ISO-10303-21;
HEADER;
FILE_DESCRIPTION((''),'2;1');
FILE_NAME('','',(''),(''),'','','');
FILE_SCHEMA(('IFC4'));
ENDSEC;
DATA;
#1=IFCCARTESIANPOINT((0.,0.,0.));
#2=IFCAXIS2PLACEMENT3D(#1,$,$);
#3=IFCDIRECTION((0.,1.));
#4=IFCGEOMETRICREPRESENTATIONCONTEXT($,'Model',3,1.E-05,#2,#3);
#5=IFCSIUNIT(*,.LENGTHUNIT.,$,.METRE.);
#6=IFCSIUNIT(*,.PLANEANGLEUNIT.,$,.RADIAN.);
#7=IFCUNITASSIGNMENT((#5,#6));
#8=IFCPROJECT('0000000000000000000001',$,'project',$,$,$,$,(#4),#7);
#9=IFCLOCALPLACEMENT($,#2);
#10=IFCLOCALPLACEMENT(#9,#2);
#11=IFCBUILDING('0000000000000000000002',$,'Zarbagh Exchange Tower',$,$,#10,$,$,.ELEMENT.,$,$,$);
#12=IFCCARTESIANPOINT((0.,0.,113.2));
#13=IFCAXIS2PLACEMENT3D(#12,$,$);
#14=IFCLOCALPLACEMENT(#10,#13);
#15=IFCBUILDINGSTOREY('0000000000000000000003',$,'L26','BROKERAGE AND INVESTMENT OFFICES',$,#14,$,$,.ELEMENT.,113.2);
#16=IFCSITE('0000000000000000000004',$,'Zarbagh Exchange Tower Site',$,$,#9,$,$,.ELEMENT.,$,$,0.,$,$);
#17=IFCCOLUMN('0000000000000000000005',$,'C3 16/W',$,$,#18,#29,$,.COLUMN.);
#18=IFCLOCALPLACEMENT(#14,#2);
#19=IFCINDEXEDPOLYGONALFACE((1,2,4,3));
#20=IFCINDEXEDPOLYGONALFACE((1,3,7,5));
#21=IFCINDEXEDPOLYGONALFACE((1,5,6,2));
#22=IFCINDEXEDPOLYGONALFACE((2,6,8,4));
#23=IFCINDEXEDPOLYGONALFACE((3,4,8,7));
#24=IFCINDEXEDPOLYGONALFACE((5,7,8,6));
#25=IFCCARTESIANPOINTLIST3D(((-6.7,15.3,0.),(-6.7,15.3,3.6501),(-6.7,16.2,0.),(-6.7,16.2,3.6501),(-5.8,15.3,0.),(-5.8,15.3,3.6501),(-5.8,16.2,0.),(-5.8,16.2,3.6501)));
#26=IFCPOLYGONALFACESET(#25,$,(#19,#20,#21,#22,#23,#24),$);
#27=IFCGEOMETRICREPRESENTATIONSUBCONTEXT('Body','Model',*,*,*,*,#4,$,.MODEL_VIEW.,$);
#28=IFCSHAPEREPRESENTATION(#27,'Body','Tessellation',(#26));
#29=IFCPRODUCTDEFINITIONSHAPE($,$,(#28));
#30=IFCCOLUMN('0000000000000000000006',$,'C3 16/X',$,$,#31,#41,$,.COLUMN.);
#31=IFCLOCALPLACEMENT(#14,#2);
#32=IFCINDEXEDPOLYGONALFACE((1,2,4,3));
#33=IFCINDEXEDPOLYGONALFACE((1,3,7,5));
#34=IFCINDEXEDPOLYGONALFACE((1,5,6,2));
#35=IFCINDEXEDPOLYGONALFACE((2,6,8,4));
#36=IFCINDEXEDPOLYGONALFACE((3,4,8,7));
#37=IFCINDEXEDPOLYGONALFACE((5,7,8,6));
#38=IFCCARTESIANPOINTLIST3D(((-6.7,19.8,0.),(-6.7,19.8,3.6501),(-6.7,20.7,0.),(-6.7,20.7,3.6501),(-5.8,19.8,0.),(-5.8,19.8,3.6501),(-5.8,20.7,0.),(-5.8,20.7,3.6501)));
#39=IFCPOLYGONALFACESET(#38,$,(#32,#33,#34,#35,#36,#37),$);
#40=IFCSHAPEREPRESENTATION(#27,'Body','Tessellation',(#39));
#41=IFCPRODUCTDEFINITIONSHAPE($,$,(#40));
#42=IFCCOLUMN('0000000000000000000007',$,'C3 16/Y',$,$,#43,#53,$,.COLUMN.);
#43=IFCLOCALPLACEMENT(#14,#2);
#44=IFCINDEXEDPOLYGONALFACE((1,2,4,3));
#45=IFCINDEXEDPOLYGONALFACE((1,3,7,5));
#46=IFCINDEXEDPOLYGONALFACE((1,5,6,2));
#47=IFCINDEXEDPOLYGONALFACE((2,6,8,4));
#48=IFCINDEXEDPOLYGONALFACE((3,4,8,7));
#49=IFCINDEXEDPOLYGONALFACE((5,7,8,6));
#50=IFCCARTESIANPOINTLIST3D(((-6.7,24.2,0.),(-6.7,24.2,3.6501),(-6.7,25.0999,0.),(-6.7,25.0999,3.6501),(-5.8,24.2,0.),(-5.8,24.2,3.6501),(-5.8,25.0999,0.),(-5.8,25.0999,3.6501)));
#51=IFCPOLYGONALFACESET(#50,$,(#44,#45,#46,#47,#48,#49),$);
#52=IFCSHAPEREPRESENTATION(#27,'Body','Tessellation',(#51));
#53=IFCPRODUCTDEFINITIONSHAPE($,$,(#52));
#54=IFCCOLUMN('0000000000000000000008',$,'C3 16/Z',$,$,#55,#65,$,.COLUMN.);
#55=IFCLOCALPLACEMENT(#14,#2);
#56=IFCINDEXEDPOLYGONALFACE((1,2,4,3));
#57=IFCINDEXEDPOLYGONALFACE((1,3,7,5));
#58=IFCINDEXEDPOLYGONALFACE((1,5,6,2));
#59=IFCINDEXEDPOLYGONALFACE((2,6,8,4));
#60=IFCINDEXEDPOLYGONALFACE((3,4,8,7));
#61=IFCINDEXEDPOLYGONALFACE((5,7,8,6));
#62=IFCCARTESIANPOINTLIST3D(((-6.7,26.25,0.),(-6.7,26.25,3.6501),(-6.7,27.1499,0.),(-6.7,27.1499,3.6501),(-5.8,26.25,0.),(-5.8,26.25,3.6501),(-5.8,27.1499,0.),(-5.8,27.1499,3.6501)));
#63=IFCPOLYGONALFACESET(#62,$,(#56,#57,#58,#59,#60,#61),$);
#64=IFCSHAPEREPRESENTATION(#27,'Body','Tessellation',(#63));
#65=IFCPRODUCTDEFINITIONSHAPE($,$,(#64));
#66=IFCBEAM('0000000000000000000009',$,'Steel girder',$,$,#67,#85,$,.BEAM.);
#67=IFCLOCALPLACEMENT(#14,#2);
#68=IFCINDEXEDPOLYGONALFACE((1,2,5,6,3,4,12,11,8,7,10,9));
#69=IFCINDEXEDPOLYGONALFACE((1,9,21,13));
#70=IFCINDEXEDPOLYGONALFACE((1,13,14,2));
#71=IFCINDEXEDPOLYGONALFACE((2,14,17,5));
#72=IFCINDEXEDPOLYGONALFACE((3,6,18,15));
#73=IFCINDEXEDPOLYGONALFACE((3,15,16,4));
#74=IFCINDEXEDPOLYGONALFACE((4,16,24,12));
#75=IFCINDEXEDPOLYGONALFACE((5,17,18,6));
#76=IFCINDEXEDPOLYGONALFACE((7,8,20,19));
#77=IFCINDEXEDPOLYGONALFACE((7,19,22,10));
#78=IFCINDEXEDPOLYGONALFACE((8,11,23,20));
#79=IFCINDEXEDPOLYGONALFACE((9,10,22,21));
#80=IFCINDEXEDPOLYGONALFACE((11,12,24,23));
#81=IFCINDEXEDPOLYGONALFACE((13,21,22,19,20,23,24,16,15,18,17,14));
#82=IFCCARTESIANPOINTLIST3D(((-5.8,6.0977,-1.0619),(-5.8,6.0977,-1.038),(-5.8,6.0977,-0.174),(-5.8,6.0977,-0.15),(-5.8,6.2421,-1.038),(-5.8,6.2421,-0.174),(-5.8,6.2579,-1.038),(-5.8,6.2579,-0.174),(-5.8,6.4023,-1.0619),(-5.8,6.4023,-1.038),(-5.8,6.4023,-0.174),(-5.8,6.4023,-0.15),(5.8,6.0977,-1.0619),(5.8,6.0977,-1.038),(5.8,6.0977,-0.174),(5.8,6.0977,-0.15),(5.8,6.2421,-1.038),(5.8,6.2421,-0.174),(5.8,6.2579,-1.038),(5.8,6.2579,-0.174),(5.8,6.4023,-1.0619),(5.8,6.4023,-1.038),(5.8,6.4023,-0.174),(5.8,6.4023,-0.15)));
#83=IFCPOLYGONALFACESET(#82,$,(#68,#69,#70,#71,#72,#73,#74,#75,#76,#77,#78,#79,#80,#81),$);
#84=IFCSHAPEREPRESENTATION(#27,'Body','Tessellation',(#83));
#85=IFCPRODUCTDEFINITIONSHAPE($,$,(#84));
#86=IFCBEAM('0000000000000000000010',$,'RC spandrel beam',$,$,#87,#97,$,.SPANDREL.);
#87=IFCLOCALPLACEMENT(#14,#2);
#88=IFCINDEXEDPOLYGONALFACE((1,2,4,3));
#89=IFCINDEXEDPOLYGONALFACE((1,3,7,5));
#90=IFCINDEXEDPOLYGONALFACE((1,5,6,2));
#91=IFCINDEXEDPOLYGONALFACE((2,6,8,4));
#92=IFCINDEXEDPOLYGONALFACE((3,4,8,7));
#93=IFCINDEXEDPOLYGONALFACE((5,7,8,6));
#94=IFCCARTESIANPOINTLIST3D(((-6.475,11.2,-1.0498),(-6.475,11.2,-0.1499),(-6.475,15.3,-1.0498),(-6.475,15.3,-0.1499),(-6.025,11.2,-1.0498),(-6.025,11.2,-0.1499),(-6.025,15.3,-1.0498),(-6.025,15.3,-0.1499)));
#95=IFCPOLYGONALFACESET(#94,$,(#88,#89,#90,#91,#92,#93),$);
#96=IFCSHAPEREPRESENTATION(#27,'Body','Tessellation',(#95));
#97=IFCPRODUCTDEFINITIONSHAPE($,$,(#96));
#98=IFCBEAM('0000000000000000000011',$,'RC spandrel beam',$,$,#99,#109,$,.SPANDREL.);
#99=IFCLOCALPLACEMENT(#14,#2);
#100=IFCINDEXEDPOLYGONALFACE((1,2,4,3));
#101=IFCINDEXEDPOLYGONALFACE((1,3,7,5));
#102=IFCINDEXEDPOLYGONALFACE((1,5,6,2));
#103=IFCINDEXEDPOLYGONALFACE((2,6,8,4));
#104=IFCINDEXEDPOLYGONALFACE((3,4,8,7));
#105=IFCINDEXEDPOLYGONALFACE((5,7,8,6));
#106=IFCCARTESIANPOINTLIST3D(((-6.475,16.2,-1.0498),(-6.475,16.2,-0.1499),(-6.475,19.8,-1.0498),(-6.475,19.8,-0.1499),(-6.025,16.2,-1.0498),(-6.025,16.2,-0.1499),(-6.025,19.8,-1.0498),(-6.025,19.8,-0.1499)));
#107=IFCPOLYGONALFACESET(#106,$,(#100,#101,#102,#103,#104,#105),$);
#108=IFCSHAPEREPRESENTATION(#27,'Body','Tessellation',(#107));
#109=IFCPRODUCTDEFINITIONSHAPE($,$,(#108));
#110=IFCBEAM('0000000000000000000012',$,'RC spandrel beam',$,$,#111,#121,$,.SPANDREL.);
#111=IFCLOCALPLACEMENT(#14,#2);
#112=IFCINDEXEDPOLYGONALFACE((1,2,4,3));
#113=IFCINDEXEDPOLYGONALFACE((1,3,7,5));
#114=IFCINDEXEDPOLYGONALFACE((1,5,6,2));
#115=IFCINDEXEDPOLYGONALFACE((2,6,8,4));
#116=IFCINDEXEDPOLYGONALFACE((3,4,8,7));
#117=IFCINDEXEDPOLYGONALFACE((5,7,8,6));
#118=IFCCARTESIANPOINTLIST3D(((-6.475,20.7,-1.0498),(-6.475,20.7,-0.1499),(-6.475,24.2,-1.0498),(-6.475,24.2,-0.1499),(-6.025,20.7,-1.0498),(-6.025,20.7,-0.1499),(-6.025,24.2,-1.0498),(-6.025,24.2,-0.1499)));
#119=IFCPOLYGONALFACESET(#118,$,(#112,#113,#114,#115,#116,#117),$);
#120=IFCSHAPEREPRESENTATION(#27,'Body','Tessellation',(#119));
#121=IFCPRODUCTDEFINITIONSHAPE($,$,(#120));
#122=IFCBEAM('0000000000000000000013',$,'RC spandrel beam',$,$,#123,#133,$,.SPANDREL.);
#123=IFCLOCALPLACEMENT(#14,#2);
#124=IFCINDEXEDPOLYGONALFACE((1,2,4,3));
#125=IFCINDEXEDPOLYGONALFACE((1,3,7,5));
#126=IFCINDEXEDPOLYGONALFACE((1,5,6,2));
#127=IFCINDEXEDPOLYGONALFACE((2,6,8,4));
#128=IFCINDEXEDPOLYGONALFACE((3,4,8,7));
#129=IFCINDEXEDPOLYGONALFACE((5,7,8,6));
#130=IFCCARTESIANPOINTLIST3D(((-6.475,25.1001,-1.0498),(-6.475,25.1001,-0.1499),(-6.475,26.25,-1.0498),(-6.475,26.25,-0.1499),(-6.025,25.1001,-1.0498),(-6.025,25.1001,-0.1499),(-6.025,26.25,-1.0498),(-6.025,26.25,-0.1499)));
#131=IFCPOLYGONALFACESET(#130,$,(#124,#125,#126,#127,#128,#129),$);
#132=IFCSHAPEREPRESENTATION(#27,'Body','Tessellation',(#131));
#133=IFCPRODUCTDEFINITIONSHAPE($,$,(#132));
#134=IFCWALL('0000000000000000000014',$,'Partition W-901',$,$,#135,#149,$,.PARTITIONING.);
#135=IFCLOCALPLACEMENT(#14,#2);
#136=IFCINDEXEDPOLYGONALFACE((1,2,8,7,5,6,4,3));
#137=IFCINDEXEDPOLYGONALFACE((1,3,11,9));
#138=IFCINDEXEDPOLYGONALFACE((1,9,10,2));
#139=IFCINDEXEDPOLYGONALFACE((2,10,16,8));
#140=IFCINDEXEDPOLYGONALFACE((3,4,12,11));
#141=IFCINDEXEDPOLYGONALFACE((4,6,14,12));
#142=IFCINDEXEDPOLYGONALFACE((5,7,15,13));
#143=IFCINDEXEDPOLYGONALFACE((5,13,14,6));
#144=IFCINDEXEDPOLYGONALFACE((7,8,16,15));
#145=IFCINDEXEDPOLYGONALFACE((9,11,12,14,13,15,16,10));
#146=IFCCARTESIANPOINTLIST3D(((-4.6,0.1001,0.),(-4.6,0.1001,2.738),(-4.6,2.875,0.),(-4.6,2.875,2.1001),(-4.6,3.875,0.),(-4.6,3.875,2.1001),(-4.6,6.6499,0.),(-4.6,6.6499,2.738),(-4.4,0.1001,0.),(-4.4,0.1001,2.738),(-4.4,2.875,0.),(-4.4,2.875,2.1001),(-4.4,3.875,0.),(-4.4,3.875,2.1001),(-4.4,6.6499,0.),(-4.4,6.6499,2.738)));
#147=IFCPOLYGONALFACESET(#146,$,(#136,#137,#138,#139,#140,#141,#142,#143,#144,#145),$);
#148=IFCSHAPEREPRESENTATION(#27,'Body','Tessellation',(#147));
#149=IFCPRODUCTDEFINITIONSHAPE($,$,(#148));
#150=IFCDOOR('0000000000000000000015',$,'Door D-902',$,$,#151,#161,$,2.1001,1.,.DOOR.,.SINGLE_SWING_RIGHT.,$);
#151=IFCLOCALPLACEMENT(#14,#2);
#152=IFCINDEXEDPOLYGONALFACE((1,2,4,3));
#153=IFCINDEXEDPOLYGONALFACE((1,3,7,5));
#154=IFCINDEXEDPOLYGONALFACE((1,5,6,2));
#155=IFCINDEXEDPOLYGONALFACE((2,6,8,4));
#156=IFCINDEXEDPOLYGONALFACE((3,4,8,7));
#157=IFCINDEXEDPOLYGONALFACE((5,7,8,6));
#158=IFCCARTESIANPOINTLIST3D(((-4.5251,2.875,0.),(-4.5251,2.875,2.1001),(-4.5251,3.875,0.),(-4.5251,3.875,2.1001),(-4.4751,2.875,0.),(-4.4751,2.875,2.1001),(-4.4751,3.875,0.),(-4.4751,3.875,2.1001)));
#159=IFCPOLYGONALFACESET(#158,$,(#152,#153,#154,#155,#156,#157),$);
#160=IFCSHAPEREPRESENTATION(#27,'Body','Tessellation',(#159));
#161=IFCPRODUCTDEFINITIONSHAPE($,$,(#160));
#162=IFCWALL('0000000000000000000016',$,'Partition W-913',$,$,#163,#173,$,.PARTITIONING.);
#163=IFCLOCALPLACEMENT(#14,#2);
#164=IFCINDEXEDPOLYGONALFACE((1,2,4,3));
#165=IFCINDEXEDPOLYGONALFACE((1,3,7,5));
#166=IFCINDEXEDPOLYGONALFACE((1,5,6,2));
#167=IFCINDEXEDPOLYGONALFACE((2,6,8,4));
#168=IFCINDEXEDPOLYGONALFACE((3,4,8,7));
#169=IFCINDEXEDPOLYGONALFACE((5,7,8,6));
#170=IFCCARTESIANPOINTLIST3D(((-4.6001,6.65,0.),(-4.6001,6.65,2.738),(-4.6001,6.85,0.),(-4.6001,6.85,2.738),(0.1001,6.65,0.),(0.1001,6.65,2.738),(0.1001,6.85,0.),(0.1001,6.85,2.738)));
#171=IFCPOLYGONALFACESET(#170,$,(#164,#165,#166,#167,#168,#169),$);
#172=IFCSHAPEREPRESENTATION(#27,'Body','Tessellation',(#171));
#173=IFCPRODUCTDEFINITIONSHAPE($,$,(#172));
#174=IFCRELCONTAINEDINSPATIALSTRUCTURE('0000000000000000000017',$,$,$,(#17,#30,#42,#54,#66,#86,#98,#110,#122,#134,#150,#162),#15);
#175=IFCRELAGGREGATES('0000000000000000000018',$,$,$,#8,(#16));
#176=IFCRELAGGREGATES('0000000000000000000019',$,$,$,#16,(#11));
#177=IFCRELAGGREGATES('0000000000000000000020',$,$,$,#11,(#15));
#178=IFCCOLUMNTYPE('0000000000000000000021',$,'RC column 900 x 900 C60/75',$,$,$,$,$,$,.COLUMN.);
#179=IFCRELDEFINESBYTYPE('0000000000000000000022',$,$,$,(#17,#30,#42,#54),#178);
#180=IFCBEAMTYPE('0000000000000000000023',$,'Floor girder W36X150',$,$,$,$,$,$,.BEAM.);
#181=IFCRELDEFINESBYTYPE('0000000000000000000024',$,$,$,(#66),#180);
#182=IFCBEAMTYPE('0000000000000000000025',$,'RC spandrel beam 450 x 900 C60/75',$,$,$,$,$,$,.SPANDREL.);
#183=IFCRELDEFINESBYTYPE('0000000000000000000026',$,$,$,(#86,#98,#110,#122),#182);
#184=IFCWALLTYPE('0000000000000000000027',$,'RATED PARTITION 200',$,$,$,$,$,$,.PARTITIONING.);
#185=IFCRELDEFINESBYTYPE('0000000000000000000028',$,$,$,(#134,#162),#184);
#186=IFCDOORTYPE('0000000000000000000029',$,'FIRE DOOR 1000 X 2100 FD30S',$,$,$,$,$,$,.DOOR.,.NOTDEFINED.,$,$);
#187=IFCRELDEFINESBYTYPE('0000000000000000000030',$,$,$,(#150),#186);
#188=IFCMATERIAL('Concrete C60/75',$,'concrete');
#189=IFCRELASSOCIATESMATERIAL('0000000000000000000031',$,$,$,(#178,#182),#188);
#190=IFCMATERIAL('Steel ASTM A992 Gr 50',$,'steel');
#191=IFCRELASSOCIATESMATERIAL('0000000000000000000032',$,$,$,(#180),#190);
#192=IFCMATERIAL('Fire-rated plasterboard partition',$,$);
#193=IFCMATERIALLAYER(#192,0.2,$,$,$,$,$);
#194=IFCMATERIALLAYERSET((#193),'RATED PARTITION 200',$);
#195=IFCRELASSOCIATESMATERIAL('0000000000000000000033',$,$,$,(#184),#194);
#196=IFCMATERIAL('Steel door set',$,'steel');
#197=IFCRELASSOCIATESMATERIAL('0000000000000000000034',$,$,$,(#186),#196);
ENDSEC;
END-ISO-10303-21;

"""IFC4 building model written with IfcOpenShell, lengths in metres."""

from ifc_helpers import new_model, si_unit, direction, frame, frame_2d, origin, origin_2d, place, context, subcontext, project, spatial, rectangle, i_section, extrude, material, layer, layer_set, material_profile, profile_set, type_object, element, fill, save


model = new_model("IFC4")

# Units and contexts
model_context = context("Model", 3, precision=1e-05, world=origin(), true_north=direction((0.0, 1.0)))
body_context = subcontext(model_context, "Body", "Model", "MODEL_VIEW")
ifc_project = project(units=[si_unit("LENGTHUNIT", "METRE"), si_unit("PLANEANGLEUNIT", "RADIAN")], contexts=[model_context])

# Site, building, storey
site_placement = place(None, origin())
site = spatial("IfcSite", under=ifc_project, at=site_placement, Name="Zarbagh Exchange Tower Site", CompositionType="ELEMENT", RefElevation=0.0)
building_placement = place(site_placement, origin())
building = spatial("IfcBuilding", under=site, at=building_placement, Name="Zarbagh Exchange Tower", CompositionType="ELEMENT")
storey_placement = place(building_placement, frame((0.0, 0.0, 113.2)))
storey = spatial("IfcBuildingStorey", under=building, at=storey_placement, Name="L26", Description="BROKERAGE AND INVESTMENT OFFICES", CompositionType="ELEMENT", Elevation=113.2)

# Columns
ifc_material_1 = material(Name="Concrete C60/75", Category="concrete")
ifc_material_profile_1 = material_profile(ifc_material_1, rectangle(XDim=0.8999, YDim=0.8999, at=origin_2d()), Name="RC column 900 x 900 C60/75")
ifc_profile_set_1 = profile_set([ifc_material_profile_1], Name="Concrete C60/75")
column_type = type_object("IfcColumnType", Name="RC column 900 x 900 C60/75", PredefinedType="COLUMN", material=ifc_profile_set_1)
for number, where, z_axis, x_axis, name in (
    (1, (-6.25, 15.75, 0.0), (0.0, 0.0, 1.0), (1.0, 0.0, 0.0), "C3 16/W"),
    (2, (-6.25, 20.25, 0.0), (0.0, 0.0, 1.0), (1.0, 0.0, 0.0), "C3 16/X"),
    (3, (-6.25, 24.6499, 0.0), (0.0, 0.0, 1.0), (1.0, 0.0, 0.0), "C3 16/Y"),
    (4, (-6.25, 26.7, 0.0), (0.0, 0.0, 1.0), (1.0, 0.0, 0.0), "C3 16/Z"),
):
    element("IfcColumn", number, at=place(storey_placement, frame(where, z_axis=z_axis, x_axis=x_axis)), inside=storey, type_object=column_type, Name=name, PredefinedType="COLUMN", context=body_context, shape_type="SweptSolid", body=[
        extrude(rectangle(XDim=0.8999, YDim=0.8999, at=origin_2d()), origin(), (0.0, 0.0, 1.0), 3.6501),
    ])

# Beams
ifc_material_2 = material(Name="Steel ASTM A992 Gr 50", Category="steel")
ifc_material_profile_2 = material_profile(ifc_material_2, i_section(OverallWidth=0.3047, OverallDepth=0.9119, WebThickness=0.0159, FlangeThickness=0.0239, at=origin_2d()), Name="W36X150")
ifc_profile_set_2 = profile_set([ifc_material_profile_2], Name="Steel ASTM A992 Gr 50")
beam_type_1 = type_object("IfcBeamType", Name="Floor girder W36X150", PredefinedType="BEAM", material=ifc_profile_set_2)
beam_1_placement = place(storey_placement, frame((-5.8, 6.25, -0.606), z_axis=(1.0, 0.0, 0.0), x_axis=(0.0, 1.0, 0.0)))
element("IfcBeam", 5, at=beam_1_placement, inside=storey, type_object=beam_type_1, Name="Steel girder", PredefinedType="BEAM", context=body_context, shape_type="SweptSolid", body=[
    extrude(i_section(OverallWidth=0.3047, OverallDepth=0.9119, WebThickness=0.0159, FlangeThickness=0.0239, at=origin_2d()), origin(), (0.0, 0.0, 1.0), 11.6001),
])
ifc_material_profile_3 = material_profile(ifc_material_1, rectangle(XDim=0.45, YDim=0.8999, at=origin_2d()), Name="RC spandrel beam 450 x 900 C60/75")
ifc_profile_set_3 = profile_set([ifc_material_profile_3], Name="Concrete C60/75")
beam_type_2 = type_object("IfcBeamType", Name="RC spandrel beam 450 x 900 C60/75", PredefinedType="SPANDREL", material=ifc_profile_set_3)
beam_2_placement = place(storey_placement, frame((-6.25, 11.2, -0.5999), z_axis=(0.0, 1.0, 0.0), x_axis=(-1.0, 0.0, 0.0)))
element("IfcBeam", 6, at=beam_2_placement, inside=storey, type_object=beam_type_2, Name="RC spandrel beam", PredefinedType="SPANDREL", context=body_context, shape_type="SweptSolid", body=[
    extrude(rectangle(XDim=0.45, YDim=0.8999, at=origin_2d()), origin(), (0.0, 0.0, 1.0), 4.1001),
])
beam_3_placement = place(storey_placement, frame((-6.25, 16.2, -0.5999), z_axis=(0.0, 1.0, 0.0), x_axis=(-1.0, 0.0, 0.0)))
element("IfcBeam", 7, at=beam_3_placement, inside=storey, type_object=beam_type_2, Name="RC spandrel beam", PredefinedType="SPANDREL", context=body_context, shape_type="SweptSolid", body=[
    extrude(rectangle(XDim=0.45, YDim=0.8999, at=origin_2d()), origin(), (0.0, 0.0, 1.0), 3.6001),
])
beam_4_placement = place(storey_placement, frame((-6.25, 20.7, -0.5999), z_axis=(0.0, 1.0, 0.0), x_axis=(-1.0, 0.0, 0.0)))
element("IfcBeam", 8, at=beam_4_placement, inside=storey, type_object=beam_type_2, Name="RC spandrel beam", PredefinedType="SPANDREL", context=body_context, shape_type="SweptSolid", body=[
    extrude(rectangle(XDim=0.45, YDim=0.8999, at=origin_2d()), origin(), (0.0, 0.0, 1.0), 3.5),
])
beam_5_placement = place(storey_placement, frame((-6.25, 25.1001, -0.5999), z_axis=(0.0, 1.0, 0.0), x_axis=(-1.0, 0.0, 0.0)))
element("IfcBeam", 9, at=beam_5_placement, inside=storey, type_object=beam_type_2, Name="RC spandrel beam", PredefinedType="SPANDREL", context=body_context, shape_type="SweptSolid", body=[
    extrude(rectangle(XDim=0.45, YDim=0.8999, at=origin_2d()), origin(), (0.0, 0.0, 1.0), 1.1499),
])

# Wall, opening, door
ifc_material_3 = material(Name="Fire-rated plasterboard partition")
ifc_layer_1 = layer(ifc_material_3, 0.2)
ifc_layer_set_1 = layer_set([ifc_layer_1], Name="RATED PARTITION 200")
wall_type_1 = type_object("IfcWallType", Name="RATED PARTITION 200", PredefinedType="PARTITIONING", material=ifc_layer_set_1)
wall_1_placement = place(storey_placement, frame((-4.5, 6.6499, 0.0), z_axis=(0.0, 0.0, 1.0), x_axis=(0.0, -1.0, 0.0)))
wall_1 = element("IfcWall", 10, at=wall_1_placement, inside=storey, type_object=wall_type_1, Name="Partition W-901", PredefinedType="PARTITIONING", context=body_context, shape_type="SweptSolid", body=[
    extrude(rectangle(XDim=6.5498, YDim=0.2, at=frame_2d((3.2749, 0.0))), origin(), (0.0, 0.0, 1.0), 2.738),
])
opening_1_placement = place(wall_1_placement, frame((2.7749, 0.0, 0.0)))
opening_1 = element("IfcOpeningElement", 11, at=opening_1_placement, cuts=wall_1, PredefinedType="OPENING", context=body_context, shape_type="SweptSolid", body=[
    extrude(rectangle(XDim=1.0, YDim=2.1001, at=frame_2d((0.5, 1.05))), frame((0.0, 0.1099, 0.0), z_axis=(0.0, -1.0, 0.0), x_axis=(1.0, 0.0, 0.0)), (0.0, 0.0, 1.0), 0.22),
])
ifc_material_4 = material(Name="Steel door set", Category="steel")
door_type_1 = type_object("IfcDoorType", Name="FIRE DOOR 1000 X 2100 FD30S", OperationType="NOTDEFINED", PredefinedType="DOOR", material=ifc_material_4)
door_1_placement = place(opening_1_placement, origin())
door_1 = element("IfcDoor", 12, at=door_1_placement, inside=storey, type_object=door_type_1, Name="Door D-902", OperationType="SINGLE_SWING_RIGHT", OverallHeight=2.1001, OverallWidth=1.0, PredefinedType="DOOR", context=body_context, shape_type="SweptSolid", body=[
    extrude(rectangle(XDim=1.0, YDim=2.1001, at=frame_2d((0.5, 1.05))), frame((0.0, 0.0249, 0.0), z_axis=(0.0, -1.0, 0.0), x_axis=(1.0, 0.0, 0.0)), (0.0, 0.0, 1.0), 0.05),
])
fill(opening_1, door_1)

# Wall
wall_2_placement = place(storey_placement, frame((-4.6001, 6.75, 0.0), z_axis=(0.0, 0.0, 1.0), x_axis=(1.0, 0.0, 0.0)))
element("IfcWall", 13, at=wall_2_placement, inside=storey, type_object=wall_type_1, Name="Partition W-913", PredefinedType="PARTITIONING", context=body_context, shape_type="SweptSolid", body=[
    extrude(rectangle(XDim=4.7002, YDim=0.2, at=frame_2d((2.3501, 0.0))), origin(), (0.0, 0.0, 1.0), 2.738),
])

save(model, "model.ifc")
